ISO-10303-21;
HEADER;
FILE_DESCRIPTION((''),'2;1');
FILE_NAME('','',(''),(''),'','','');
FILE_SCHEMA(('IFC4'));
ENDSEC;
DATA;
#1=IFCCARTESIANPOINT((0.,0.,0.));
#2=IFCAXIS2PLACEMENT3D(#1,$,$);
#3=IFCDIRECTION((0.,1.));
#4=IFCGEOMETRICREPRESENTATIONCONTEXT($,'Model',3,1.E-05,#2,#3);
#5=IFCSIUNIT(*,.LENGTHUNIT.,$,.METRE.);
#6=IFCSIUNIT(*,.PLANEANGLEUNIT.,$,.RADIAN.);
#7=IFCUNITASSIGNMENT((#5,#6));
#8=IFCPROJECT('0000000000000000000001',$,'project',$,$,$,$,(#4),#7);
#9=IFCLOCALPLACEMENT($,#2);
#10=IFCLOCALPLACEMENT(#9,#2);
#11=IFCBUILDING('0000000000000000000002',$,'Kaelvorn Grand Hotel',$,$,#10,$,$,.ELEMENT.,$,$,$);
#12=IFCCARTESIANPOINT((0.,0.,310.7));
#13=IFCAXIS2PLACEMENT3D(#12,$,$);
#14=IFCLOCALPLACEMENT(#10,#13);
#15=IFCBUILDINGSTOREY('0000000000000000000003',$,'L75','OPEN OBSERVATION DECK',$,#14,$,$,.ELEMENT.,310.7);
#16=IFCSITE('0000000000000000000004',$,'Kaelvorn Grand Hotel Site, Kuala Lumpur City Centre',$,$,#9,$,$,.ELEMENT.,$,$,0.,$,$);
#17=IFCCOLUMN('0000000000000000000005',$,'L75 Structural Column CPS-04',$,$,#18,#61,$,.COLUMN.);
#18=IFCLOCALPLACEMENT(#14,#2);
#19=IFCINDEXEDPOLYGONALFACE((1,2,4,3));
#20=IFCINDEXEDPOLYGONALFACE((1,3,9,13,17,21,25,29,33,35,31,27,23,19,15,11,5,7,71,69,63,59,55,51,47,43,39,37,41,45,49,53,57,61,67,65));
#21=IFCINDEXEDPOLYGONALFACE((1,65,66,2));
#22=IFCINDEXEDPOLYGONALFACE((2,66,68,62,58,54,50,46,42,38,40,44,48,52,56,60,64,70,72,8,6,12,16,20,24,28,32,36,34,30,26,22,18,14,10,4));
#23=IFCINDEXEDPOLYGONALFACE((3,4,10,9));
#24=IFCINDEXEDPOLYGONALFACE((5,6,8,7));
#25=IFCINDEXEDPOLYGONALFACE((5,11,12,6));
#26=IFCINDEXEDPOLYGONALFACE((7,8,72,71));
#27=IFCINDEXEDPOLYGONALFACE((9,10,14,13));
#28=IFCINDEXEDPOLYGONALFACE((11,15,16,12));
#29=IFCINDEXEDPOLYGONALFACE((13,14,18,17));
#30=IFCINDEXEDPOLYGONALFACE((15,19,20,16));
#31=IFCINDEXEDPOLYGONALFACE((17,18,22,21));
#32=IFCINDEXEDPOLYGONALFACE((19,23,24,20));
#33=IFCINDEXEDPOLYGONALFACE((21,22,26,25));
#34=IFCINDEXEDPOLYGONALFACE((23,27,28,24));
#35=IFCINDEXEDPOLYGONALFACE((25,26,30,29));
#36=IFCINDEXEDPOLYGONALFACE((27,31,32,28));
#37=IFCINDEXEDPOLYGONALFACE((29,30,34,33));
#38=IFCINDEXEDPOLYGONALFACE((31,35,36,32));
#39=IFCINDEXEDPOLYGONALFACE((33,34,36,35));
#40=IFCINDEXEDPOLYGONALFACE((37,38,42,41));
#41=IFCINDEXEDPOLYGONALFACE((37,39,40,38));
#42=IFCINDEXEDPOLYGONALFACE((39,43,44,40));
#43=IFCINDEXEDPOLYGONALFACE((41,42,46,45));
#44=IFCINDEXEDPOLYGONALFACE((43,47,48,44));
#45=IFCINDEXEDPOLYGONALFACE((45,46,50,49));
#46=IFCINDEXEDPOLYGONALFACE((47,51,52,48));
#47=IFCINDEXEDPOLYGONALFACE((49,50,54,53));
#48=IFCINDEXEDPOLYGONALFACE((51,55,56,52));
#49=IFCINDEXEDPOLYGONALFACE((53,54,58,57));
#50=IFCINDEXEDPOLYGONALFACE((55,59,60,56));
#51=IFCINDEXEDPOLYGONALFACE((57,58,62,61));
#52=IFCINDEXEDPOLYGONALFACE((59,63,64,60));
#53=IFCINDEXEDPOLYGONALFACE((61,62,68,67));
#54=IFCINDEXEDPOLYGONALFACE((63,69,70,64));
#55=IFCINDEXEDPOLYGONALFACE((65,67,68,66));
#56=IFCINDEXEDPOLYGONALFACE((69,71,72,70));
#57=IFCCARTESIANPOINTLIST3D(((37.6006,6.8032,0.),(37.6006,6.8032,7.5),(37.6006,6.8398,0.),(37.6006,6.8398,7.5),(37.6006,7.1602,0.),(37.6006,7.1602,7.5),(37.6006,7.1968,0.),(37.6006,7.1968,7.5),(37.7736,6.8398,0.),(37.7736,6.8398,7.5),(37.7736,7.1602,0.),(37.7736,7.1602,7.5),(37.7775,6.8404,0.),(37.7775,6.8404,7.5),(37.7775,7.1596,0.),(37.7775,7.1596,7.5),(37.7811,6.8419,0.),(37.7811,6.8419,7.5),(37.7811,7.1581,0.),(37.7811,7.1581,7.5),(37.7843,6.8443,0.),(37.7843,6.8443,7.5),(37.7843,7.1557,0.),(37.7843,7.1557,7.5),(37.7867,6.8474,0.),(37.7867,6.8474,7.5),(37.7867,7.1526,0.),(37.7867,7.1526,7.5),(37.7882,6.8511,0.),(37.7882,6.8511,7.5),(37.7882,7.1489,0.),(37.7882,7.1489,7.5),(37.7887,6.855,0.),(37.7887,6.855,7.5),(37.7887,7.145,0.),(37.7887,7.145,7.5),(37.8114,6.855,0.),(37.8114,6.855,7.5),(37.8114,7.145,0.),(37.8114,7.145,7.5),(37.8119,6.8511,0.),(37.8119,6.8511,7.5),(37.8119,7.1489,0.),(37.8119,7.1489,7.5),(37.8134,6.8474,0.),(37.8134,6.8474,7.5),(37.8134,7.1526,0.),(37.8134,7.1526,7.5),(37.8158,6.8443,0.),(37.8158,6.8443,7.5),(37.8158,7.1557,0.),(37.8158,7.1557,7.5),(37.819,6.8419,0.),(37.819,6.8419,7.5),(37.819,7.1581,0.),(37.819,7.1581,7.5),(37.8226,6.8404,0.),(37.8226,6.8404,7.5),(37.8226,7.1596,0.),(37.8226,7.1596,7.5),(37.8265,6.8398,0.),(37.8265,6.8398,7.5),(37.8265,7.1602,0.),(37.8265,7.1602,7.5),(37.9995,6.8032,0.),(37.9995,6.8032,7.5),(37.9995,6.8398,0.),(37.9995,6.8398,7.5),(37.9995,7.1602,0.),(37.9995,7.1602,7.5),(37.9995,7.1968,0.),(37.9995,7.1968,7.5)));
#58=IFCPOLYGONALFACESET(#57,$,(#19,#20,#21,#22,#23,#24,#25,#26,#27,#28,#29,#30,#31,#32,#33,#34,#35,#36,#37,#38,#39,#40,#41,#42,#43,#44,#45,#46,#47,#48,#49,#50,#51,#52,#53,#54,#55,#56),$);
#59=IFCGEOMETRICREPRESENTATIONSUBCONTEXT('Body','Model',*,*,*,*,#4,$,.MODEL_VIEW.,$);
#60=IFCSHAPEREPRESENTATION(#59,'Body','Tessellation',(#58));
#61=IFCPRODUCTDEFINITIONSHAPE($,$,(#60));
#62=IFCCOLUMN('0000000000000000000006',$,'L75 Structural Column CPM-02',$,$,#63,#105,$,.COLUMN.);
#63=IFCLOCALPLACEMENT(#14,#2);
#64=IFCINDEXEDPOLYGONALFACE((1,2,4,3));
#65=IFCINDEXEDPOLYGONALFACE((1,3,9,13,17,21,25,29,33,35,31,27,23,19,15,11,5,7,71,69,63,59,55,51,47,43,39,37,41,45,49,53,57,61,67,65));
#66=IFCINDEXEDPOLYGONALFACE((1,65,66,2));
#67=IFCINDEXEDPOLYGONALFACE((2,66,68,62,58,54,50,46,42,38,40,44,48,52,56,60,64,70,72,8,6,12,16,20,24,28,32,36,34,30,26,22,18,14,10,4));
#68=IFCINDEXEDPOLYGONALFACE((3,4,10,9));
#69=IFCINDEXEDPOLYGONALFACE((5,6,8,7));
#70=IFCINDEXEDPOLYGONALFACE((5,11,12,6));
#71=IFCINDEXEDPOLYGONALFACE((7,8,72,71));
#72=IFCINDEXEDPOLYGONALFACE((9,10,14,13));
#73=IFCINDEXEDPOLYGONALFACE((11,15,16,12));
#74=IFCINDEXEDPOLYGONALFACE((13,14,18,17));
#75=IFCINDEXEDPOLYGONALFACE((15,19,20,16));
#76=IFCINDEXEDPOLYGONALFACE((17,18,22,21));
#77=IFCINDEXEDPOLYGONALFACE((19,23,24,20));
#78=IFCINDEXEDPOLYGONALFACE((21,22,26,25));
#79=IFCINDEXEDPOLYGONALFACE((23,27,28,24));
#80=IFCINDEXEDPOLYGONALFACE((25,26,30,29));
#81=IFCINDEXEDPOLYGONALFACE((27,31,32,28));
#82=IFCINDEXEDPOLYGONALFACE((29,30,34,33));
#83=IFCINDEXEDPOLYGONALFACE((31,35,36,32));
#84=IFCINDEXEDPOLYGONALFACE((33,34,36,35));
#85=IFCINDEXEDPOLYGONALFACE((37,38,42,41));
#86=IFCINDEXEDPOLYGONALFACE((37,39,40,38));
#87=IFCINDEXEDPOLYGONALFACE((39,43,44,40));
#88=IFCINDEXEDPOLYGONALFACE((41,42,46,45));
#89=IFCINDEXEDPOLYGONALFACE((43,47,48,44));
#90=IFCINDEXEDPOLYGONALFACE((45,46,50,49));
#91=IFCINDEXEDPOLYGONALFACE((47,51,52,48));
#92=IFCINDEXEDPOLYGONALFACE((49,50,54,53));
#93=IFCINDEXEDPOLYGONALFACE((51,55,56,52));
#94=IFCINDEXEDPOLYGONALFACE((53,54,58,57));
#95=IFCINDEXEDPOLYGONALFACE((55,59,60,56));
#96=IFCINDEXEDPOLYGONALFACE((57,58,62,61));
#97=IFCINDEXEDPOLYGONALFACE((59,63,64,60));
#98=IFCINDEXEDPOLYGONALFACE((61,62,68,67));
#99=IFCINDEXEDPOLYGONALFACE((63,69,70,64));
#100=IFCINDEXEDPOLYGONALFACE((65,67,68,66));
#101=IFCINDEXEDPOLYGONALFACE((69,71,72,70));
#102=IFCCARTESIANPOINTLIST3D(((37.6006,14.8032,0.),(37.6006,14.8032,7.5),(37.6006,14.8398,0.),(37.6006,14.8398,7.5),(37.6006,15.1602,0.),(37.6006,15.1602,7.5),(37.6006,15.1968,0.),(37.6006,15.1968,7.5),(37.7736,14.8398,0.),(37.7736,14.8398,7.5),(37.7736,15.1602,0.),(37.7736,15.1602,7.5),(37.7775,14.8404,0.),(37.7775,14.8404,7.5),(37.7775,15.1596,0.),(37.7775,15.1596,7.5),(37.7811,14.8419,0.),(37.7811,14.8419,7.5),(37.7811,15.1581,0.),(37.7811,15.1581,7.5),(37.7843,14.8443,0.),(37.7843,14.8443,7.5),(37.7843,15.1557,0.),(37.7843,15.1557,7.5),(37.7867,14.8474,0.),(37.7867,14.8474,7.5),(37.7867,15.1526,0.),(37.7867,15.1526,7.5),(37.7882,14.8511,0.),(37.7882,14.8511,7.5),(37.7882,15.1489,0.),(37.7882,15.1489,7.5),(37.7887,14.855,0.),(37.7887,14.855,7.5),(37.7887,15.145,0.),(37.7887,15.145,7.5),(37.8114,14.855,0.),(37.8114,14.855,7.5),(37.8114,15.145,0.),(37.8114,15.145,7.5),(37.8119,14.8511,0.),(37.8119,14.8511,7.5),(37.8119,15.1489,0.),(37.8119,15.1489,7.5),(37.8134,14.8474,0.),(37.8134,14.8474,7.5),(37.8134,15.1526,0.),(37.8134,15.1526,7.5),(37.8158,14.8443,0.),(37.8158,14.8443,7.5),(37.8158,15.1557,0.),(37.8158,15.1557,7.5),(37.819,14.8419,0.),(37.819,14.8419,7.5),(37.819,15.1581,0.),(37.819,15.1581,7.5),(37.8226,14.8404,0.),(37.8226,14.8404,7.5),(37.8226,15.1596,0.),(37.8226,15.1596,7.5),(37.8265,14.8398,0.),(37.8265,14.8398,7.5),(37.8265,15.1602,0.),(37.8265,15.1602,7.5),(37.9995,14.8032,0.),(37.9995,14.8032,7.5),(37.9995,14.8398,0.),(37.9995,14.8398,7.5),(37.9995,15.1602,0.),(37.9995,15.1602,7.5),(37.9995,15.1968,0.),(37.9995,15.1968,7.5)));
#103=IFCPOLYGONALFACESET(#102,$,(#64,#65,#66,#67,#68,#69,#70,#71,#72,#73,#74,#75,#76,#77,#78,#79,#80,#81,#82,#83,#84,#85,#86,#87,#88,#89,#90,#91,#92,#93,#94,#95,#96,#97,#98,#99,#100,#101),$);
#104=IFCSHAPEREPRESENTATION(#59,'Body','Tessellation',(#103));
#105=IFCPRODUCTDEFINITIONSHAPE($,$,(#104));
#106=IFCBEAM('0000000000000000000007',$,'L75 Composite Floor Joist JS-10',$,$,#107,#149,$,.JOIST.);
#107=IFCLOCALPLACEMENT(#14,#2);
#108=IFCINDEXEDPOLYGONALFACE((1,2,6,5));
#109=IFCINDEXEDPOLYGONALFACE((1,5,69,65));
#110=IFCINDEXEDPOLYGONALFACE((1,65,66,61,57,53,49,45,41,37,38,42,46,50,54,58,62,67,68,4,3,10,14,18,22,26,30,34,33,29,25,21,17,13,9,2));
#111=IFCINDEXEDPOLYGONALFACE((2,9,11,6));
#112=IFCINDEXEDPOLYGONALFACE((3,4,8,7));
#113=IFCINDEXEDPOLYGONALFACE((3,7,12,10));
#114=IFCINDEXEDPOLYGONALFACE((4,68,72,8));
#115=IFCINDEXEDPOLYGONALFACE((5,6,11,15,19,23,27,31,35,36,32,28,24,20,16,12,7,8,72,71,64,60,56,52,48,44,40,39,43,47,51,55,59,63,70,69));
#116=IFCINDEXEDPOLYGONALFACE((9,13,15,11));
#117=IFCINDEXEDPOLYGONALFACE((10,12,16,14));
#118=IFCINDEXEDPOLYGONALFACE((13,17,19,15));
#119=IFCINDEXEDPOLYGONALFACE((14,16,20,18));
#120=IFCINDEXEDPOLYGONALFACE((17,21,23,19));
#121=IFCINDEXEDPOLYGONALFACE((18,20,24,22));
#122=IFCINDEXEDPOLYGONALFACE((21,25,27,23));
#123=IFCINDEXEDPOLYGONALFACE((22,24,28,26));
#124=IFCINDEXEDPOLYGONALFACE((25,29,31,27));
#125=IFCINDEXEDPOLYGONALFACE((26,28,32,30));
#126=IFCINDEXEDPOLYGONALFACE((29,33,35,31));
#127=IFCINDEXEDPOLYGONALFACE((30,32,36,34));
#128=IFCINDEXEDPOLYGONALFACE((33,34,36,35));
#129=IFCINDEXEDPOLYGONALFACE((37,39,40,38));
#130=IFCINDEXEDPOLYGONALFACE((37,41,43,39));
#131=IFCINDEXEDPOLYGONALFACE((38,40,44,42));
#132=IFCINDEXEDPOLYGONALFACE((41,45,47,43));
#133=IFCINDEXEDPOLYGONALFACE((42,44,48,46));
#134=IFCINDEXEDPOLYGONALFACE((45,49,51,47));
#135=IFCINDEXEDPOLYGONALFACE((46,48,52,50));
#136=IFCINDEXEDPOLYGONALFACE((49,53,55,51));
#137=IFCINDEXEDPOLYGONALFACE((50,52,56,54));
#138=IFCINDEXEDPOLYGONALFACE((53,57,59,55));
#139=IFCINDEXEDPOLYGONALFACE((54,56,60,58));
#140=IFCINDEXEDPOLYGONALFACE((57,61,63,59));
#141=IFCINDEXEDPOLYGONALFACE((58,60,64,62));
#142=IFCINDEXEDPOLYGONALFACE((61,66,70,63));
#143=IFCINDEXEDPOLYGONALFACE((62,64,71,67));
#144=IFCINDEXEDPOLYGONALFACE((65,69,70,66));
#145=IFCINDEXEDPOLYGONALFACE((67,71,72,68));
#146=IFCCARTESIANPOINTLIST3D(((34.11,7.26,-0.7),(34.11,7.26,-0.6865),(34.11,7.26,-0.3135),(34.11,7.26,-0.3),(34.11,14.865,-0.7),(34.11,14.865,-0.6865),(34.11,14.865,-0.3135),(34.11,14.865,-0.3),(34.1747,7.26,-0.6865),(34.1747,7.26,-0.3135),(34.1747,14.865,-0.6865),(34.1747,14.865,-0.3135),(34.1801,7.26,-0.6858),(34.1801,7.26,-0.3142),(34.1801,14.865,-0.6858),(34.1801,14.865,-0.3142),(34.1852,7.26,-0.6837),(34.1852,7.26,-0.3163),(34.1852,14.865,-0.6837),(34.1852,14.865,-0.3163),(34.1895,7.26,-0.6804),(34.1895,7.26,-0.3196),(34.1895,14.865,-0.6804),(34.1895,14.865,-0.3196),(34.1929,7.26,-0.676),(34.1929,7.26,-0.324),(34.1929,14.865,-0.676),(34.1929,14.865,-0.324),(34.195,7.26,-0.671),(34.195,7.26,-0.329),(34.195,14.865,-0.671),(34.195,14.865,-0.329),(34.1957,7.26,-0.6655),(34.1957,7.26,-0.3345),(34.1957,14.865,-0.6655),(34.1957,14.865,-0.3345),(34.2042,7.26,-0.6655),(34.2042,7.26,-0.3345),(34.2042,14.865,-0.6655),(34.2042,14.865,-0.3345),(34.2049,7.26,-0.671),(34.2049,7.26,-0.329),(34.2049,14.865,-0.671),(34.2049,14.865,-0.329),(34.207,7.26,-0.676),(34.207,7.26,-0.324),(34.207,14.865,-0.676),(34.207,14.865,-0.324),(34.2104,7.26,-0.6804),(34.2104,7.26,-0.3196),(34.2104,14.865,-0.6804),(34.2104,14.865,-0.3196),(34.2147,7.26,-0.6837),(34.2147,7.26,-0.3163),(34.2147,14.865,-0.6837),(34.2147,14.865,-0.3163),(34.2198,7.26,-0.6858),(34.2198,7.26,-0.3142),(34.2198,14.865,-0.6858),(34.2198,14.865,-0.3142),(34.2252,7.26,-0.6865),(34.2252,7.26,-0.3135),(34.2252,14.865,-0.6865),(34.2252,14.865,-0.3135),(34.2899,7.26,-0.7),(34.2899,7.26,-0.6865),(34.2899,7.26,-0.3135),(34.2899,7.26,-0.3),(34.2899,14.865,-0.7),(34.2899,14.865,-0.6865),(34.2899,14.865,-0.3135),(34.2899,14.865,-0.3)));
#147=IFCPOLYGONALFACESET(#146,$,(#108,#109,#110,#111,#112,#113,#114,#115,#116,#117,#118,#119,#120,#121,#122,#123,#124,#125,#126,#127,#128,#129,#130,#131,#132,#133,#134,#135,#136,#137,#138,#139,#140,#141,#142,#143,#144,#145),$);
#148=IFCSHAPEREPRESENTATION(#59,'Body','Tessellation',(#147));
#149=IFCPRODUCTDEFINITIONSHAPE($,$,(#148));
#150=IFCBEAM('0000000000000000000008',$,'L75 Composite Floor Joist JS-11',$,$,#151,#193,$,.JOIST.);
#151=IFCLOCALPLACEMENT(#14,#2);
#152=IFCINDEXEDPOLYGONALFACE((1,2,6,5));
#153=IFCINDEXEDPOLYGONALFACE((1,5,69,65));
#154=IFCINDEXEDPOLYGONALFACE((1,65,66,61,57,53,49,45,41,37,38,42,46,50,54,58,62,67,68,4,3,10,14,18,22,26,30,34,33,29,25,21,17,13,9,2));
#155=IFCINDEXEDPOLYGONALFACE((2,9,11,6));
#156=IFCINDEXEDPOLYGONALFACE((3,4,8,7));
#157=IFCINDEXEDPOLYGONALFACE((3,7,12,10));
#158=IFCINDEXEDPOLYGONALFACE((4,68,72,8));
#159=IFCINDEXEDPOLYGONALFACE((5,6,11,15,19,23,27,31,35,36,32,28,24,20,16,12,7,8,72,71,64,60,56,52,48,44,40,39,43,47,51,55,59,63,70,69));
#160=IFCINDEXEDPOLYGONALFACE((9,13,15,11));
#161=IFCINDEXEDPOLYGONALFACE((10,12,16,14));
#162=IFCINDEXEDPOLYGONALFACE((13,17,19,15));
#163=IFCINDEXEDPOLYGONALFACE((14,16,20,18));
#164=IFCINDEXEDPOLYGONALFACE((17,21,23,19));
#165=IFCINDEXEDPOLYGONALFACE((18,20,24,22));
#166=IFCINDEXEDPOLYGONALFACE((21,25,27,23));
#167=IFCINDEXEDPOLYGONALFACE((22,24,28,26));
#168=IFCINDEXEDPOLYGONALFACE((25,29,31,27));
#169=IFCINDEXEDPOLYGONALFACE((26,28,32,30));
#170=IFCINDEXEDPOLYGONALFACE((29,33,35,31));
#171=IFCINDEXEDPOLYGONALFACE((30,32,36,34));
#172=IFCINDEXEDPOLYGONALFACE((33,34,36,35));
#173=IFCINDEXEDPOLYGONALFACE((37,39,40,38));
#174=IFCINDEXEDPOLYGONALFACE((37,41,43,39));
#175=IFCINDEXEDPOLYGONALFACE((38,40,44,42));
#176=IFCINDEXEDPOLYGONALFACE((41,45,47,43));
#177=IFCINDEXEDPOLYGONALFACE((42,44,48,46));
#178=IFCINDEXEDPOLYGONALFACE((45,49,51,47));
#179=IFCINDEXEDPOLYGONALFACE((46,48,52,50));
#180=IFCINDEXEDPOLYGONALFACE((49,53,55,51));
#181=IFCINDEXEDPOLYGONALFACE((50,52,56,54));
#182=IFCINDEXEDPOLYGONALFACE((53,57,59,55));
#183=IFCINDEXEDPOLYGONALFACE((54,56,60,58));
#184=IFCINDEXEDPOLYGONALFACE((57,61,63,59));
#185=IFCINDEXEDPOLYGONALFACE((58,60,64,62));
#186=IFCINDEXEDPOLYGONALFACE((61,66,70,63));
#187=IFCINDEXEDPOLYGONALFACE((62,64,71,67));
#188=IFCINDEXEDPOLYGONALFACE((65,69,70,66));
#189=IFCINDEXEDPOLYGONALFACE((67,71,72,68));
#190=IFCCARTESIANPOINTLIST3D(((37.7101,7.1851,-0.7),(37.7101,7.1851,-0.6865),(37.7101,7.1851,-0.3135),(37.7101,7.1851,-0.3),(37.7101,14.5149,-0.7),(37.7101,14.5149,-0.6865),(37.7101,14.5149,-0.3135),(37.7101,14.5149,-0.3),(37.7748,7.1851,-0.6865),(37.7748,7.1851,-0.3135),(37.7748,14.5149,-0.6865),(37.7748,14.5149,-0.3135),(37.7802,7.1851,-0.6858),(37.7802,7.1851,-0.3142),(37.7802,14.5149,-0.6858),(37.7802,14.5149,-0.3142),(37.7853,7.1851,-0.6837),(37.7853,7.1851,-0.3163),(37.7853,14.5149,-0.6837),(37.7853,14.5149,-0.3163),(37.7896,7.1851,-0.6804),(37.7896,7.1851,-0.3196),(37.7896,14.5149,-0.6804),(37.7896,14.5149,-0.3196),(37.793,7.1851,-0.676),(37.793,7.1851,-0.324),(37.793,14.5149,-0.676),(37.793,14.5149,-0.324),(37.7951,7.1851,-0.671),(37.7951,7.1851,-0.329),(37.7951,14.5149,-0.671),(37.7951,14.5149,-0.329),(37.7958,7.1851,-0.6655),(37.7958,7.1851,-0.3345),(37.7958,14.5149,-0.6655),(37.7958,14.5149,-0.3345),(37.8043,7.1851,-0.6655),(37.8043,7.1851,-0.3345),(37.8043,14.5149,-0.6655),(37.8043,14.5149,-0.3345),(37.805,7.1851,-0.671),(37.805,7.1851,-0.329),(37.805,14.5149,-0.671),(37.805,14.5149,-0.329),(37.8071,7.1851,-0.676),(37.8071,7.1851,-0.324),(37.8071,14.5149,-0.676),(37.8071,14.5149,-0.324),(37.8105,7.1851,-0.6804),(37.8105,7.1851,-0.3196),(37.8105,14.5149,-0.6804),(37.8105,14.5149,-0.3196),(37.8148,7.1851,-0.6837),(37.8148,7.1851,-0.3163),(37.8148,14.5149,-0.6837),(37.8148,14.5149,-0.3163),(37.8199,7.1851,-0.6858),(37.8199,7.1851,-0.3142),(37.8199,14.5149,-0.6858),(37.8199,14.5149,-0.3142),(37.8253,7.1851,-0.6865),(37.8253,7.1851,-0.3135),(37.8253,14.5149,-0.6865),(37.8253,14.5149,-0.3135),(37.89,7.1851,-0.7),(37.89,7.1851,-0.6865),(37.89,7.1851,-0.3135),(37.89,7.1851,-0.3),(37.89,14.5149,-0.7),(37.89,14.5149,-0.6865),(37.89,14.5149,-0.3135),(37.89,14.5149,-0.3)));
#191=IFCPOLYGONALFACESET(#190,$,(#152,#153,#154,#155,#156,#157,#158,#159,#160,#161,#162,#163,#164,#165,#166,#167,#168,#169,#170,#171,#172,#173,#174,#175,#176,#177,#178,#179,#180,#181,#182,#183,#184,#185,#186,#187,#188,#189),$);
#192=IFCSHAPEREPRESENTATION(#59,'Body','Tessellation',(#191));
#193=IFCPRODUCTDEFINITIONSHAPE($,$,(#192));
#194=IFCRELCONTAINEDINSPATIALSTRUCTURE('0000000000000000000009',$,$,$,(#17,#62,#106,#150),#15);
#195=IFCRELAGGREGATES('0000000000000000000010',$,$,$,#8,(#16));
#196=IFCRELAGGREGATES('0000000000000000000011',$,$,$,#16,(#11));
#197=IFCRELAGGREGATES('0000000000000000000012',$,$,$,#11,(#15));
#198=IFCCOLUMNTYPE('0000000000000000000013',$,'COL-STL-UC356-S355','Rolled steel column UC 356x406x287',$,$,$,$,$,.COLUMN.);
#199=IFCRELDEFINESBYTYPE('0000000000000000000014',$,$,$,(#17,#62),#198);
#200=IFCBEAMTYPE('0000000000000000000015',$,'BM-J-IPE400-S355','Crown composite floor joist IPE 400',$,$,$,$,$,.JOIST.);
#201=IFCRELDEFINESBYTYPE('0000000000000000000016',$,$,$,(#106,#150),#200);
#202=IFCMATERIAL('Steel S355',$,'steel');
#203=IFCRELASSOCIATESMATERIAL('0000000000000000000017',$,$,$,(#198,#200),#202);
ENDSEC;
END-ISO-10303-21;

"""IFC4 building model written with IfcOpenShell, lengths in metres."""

from ifc_helpers import new_model, si_unit, direction, frame, origin, origin_2d, place, context, subcontext, project, spatial, i_section, extrude, material, material_profile, profile_set, type_object, element, save


model = new_model("IFC4")

# Units and contexts
model_context = context("Model", 3, precision=1e-05, world=origin(), true_north=direction((0.0, 1.0)))
body_context = subcontext(model_context, "Body", "Model", "MODEL_VIEW")
ifc_project = project(units=[si_unit("LENGTHUNIT", "METRE"), si_unit("PLANEANGLEUNIT", "RADIAN")], contexts=[model_context])

# Site, building, storey
site_placement = place(None, origin())
site = spatial("IfcSite", under=ifc_project, at=site_placement, Name="Kaelvorn Grand Hotel Site, Kuala Lumpur City Centre", CompositionType="ELEMENT", RefElevation=0.0)
building_placement = place(site_placement, origin())
building = spatial("IfcBuilding", under=site, at=building_placement, Name="Kaelvorn Grand Hotel", CompositionType="ELEMENT")
storey_placement = place(building_placement, frame((0.0, 0.0, 310.7)))
storey = spatial("IfcBuildingStorey", under=building, at=storey_placement, Name="L75", Description="OPEN OBSERVATION DECK", CompositionType="ELEMENT", Elevation=310.7)

# Columns
ifc_material_1 = material(Name="Steel S355", Category="steel")
ifc_material_profile_1 = material_profile(ifc_material_1, i_section(OverallWidth=0.3989, OverallDepth=0.3936, WebThickness=0.0227, FlangeThickness=0.0366, FilletRadius=0.0151, at=origin_2d()), Name="UC 356x406x287")
ifc_profile_set_1 = profile_set([ifc_material_profile_1], Name="Steel S355")
column_type = type_object("IfcColumnType", Name="COL-STL-UC356-S355", Description="Rolled steel column UC 356x406x287", PredefinedType="COLUMN", material=ifc_profile_set_1)
for number, where, z_axis, x_axis, name in (
    (1, (37.8, 7.0, 0.0), (0.0, 0.0, 1.0), (1.0, 0.0, 0.0), "L75 Structural Column CPS-04"),
    (2, (37.8, 15.0, 0.0), (0.0, 0.0, 1.0), (1.0, 0.0, 0.0), "L75 Structural Column CPM-02"),
):
    element("IfcColumn", number, at=place(storey_placement, frame(where, z_axis=z_axis, x_axis=x_axis)), inside=storey, type_object=column_type, Name=name, PredefinedType="COLUMN", context=body_context, shape_type="SweptSolid", body=[
        extrude(i_section(OverallWidth=0.3989, OverallDepth=0.3936, WebThickness=0.0227, FlangeThickness=0.0366, FilletRadius=0.0151, at=origin_2d()), origin(), (0.0, 0.0, 1.0), 7.5),
    ])

# Beams
ifc_material_profile_2 = material_profile(ifc_material_1, i_section(OverallWidth=0.1799, OverallDepth=0.3999, WebThickness=0.0085, FlangeThickness=0.0134, FilletRadius=0.021, at=origin_2d()), Name="IPE 400")
ifc_profile_set_2 = profile_set([ifc_material_profile_2], Name="Steel S355")
beam_type_1 = type_object("IfcBeamType", Name="BM-J-IPE400-S355", Description="Crown composite floor joist IPE 400", PredefinedType="JOIST", material=ifc_profile_set_2)
beam_1_placement = place(storey_placement, frame((34.2, 7.26, -0.5), z_axis=(0.0, 1.0, 0.0), x_axis=(-1.0, 0.0, 0.0)))
element("IfcBeam", 3, at=beam_1_placement, inside=storey, type_object=beam_type_1, Name="L75 Composite Floor Joist JS-10", PredefinedType="JOIST", context=body_context, shape_type="SweptSolid", body=[
    extrude(i_section(OverallWidth=0.1799, OverallDepth=0.3999, WebThickness=0.0085, FlangeThickness=0.0134, FilletRadius=0.021, at=origin_2d()), origin(), (0.0, 0.0, 1.0), 7.605),
])
beam_2_placement = place(storey_placement, frame((37.8, 7.1851, -0.5), z_axis=(0.0, 1.0, 0.0), x_axis=(-1.0, 0.0, 0.0)))
element("IfcBeam", 4, at=beam_2_placement, inside=storey, type_object=beam_type_1, Name="L75 Composite Floor Joist JS-11", PredefinedType="JOIST", context=body_context, shape_type="SweptSolid", body=[
    extrude(i_section(OverallWidth=0.1799, OverallDepth=0.3999, WebThickness=0.0085, FlangeThickness=0.0134, FilletRadius=0.021, at=origin_2d()), origin(), (0.0, 0.0, 1.0), 7.3298),
])

save(model, "model.ifc")
